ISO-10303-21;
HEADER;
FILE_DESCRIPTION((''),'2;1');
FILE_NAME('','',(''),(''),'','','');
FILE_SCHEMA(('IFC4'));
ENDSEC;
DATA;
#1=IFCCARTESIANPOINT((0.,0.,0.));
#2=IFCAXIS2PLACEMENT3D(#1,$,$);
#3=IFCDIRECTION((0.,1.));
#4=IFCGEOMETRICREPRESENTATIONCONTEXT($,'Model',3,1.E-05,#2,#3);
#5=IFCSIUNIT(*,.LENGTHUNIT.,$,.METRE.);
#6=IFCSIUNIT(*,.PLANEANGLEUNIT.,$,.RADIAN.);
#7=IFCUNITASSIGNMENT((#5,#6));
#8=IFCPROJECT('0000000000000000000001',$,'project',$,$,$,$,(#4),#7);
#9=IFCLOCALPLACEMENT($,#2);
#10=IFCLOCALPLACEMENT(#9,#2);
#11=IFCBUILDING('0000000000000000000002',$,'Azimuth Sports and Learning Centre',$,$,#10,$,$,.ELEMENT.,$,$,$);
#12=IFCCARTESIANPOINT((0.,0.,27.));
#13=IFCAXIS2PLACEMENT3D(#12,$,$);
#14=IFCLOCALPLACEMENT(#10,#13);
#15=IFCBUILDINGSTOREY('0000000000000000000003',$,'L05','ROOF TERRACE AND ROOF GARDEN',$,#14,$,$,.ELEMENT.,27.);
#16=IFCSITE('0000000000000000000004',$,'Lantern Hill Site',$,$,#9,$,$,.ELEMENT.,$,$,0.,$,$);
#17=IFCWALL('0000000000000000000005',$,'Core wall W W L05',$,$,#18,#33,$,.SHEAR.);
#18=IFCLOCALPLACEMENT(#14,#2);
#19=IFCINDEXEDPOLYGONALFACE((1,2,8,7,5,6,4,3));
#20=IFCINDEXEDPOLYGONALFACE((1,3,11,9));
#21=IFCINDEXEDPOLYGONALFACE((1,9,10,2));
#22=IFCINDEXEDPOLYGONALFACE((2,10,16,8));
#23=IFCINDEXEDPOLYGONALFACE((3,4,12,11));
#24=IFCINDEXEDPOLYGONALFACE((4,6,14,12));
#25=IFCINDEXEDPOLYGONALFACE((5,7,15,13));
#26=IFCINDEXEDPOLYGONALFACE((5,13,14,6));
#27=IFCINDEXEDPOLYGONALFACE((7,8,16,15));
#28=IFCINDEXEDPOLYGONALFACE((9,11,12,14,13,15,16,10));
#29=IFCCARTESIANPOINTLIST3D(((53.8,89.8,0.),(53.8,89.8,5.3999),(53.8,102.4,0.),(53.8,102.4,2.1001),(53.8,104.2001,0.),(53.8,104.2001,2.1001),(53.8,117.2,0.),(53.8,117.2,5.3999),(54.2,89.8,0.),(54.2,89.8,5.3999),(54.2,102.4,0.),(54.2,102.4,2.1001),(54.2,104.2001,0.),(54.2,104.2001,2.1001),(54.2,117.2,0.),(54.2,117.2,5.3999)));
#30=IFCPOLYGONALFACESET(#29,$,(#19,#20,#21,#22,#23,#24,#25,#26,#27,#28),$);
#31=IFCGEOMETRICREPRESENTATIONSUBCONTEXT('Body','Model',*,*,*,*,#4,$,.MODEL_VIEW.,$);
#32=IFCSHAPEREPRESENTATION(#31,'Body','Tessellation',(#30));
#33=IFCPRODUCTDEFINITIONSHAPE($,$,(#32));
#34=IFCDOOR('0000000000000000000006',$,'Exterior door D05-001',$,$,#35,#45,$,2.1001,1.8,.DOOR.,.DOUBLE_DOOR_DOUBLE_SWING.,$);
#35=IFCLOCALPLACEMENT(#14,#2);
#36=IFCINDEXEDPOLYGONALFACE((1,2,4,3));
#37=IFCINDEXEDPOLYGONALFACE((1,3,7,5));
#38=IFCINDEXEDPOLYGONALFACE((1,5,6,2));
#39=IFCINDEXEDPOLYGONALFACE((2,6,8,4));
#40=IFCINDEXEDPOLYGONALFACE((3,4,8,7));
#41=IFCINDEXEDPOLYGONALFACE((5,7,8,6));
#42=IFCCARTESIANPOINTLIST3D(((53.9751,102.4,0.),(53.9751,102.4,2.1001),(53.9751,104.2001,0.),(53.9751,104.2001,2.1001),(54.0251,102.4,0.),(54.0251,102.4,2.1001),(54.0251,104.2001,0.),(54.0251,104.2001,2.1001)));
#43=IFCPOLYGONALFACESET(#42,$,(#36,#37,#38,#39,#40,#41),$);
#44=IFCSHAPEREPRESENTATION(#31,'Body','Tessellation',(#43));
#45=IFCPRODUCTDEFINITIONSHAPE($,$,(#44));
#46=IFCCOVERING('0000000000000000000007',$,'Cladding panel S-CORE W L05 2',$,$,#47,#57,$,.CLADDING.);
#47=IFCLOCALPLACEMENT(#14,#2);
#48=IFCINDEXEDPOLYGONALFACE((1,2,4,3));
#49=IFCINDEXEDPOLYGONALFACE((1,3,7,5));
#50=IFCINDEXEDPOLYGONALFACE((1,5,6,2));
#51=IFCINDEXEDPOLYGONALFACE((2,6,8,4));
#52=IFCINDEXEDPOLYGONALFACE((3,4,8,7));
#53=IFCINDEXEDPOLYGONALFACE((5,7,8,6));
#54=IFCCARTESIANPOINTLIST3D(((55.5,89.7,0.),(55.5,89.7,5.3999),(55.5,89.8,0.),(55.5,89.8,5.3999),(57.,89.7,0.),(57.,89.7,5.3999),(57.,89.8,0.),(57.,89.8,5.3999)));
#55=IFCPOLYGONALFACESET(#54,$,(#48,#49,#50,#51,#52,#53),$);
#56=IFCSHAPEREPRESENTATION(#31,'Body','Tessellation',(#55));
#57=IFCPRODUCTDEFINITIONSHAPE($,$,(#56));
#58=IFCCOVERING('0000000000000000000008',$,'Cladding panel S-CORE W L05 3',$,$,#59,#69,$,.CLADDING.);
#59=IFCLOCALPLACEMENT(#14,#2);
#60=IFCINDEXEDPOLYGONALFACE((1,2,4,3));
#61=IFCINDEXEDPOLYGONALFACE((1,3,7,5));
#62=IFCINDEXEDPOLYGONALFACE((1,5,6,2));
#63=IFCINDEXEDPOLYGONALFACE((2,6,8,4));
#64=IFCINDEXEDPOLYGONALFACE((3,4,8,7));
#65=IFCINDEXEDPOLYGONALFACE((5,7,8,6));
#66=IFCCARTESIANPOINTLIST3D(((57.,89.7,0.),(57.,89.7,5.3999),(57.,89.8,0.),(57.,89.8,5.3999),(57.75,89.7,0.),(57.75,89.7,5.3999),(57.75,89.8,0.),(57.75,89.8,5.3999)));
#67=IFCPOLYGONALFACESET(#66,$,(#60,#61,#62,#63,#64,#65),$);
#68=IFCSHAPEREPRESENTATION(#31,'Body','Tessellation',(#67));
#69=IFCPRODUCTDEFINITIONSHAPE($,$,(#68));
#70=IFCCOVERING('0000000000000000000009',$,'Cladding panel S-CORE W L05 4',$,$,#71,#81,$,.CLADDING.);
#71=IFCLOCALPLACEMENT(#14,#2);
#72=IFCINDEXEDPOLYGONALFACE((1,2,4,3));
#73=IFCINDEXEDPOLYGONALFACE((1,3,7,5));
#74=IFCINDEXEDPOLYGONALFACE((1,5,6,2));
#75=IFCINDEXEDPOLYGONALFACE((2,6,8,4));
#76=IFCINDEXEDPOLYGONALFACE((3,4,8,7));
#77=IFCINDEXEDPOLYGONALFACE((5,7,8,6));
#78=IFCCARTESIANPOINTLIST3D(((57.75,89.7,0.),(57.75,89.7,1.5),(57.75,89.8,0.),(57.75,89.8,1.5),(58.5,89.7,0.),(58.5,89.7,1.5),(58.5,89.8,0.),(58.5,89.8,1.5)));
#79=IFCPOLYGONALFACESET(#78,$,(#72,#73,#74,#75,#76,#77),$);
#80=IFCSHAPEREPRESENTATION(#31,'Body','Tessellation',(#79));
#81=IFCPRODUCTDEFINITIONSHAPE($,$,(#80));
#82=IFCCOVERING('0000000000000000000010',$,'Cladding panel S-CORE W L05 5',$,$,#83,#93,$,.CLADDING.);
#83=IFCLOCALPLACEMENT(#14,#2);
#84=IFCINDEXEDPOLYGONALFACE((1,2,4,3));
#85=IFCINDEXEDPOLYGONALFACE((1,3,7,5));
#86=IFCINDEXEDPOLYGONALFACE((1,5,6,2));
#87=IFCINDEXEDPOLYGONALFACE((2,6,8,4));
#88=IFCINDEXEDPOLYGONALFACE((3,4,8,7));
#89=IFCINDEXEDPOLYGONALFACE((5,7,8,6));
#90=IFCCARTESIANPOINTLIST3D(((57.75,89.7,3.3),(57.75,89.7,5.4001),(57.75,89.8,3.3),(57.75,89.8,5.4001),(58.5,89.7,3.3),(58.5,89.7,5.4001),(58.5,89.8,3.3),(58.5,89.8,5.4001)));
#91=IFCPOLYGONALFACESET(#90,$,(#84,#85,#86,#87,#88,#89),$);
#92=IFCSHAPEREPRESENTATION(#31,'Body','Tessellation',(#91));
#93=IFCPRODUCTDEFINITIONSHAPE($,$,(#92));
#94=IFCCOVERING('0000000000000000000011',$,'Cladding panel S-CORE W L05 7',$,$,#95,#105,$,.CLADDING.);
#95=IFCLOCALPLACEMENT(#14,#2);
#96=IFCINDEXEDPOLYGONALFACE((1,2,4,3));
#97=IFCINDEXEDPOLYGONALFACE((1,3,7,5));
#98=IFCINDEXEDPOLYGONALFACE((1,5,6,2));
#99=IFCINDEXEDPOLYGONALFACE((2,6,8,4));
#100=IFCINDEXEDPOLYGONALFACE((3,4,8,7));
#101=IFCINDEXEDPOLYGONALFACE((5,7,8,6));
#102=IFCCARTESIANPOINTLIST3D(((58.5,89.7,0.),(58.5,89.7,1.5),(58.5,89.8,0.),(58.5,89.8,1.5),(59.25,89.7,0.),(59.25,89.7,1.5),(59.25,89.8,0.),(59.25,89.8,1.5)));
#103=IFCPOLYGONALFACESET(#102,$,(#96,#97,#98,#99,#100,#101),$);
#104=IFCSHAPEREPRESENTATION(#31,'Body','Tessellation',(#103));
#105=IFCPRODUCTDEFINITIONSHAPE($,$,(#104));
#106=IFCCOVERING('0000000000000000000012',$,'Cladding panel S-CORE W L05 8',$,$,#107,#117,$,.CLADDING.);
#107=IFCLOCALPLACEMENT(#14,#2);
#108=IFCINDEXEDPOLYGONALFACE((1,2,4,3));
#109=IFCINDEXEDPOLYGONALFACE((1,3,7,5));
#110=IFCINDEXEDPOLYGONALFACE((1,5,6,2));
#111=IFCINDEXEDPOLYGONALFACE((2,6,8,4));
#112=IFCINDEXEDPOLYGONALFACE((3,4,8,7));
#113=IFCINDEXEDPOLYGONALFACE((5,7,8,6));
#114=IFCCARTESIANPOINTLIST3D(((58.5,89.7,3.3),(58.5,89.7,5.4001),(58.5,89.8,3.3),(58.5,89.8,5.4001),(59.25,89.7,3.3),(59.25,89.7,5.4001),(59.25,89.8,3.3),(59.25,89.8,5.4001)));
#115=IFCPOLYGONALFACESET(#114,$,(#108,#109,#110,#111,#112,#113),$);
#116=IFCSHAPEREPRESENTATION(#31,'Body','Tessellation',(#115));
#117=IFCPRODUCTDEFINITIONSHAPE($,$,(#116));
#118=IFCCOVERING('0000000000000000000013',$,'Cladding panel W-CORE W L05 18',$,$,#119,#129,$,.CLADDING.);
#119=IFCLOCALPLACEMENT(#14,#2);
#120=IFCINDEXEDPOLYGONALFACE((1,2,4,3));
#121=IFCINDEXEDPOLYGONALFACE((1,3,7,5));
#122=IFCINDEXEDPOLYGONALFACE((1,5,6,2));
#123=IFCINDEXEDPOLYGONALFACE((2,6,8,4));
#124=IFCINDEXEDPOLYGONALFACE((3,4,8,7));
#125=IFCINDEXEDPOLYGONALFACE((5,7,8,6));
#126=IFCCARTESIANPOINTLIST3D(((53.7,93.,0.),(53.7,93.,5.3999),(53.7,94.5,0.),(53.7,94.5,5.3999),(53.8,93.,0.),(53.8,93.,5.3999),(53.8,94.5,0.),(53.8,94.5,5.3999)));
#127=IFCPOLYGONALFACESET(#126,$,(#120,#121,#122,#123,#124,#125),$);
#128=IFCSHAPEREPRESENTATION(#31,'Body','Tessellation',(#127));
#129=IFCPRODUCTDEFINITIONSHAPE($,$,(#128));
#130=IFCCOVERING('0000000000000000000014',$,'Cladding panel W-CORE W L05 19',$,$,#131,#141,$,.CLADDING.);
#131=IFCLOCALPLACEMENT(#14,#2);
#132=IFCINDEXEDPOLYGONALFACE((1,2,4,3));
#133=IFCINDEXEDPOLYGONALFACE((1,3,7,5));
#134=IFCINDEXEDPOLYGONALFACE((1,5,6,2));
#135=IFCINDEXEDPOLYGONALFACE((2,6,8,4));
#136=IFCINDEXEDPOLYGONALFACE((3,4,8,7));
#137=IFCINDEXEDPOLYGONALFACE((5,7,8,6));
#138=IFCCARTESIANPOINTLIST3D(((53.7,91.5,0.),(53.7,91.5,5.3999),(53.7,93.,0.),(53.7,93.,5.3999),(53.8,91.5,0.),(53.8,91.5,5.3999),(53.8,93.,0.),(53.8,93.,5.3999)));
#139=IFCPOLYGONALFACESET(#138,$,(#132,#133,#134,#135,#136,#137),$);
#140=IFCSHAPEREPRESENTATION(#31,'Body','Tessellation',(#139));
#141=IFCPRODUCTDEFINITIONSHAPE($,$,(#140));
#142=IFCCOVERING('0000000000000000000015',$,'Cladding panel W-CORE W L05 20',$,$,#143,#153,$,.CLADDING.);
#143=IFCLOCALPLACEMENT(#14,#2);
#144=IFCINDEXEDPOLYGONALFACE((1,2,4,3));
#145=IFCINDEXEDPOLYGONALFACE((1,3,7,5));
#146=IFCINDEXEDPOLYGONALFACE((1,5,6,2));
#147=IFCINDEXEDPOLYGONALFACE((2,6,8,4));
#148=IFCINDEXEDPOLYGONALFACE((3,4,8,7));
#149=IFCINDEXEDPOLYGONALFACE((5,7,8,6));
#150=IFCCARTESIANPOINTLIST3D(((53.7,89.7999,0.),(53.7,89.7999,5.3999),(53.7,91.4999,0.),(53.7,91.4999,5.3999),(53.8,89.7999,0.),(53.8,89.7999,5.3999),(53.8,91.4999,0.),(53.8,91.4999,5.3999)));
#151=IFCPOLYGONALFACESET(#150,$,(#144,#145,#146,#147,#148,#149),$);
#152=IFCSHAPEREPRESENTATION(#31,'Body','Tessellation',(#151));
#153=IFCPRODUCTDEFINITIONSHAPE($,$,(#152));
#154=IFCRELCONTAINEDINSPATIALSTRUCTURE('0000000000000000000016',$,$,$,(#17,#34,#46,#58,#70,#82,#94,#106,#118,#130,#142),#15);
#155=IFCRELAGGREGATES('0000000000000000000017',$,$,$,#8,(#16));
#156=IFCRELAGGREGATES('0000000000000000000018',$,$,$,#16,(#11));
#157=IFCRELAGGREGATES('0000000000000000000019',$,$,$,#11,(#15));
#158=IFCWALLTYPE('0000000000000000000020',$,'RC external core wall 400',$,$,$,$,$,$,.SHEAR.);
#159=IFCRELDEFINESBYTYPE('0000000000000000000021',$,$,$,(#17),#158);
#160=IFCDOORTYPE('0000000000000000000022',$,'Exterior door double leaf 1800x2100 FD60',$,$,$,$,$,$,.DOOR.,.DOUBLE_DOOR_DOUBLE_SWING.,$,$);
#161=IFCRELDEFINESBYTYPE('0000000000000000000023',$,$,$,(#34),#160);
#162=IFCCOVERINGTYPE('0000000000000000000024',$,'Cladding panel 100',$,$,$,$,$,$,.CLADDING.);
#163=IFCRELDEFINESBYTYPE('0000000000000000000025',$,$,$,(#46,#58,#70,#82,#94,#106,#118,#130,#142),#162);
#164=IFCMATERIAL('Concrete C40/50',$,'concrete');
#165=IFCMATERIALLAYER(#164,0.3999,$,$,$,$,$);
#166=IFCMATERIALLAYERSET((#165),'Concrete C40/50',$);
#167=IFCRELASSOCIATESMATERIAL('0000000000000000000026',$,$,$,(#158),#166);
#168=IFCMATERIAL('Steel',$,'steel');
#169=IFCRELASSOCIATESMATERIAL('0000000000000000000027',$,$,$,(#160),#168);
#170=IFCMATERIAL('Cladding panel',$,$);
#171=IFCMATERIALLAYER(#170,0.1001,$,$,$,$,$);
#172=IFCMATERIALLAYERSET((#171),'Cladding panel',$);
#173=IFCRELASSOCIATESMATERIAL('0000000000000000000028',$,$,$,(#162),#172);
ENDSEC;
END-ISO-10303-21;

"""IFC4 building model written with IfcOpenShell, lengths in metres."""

from ifc_helpers import new_model, si_unit, direction, frame, frame_2d, origin, origin_2d, place, context, subcontext, project, spatial, rectangle, extrude, material, layer, layer_set, type_object, element, fill, save


model = new_model("IFC4")

# Units and contexts
model_context = context("Model", 3, precision=1e-05, world=origin(), true_north=direction((0.0, 1.0)))
body_context = subcontext(model_context, "Body", "Model", "MODEL_VIEW")
ifc_project = project(units=[si_unit("LENGTHUNIT", "METRE"), si_unit("PLANEANGLEUNIT", "RADIAN")], contexts=[model_context])

# Site, building, storey
site_placement = place(None, origin())
site = spatial("IfcSite", under=ifc_project, at=site_placement, Name="Lantern Hill Site", CompositionType="ELEMENT", RefElevation=0.0)
building_placement = place(site_placement, origin())
building = spatial("IfcBuilding", under=site, at=building_placement, Name="Azimuth Sports and Learning Centre", CompositionType="ELEMENT")
storey_placement = place(building_placement, frame((0.0, 0.0, 27.0)))
storey = spatial("IfcBuildingStorey", under=building, at=storey_placement, Name="L05", Description="ROOF TERRACE AND ROOF GARDEN", CompositionType="ELEMENT", Elevation=27.0)

# Shared definitions
ifc_material_1 = material(Name="Concrete C40/50", Category="concrete")
ifc_layer_1 = layer(ifc_material_1, 0.3999)
ifc_layer_set_1 = layer_set([ifc_layer_1], Name="Concrete C40/50")
wall_type = type_object("IfcWallType", Name="RC external core wall 400", PredefinedType="SHEAR", material=ifc_layer_set_1)

# Wall, opening, door
wall_1_placement = place(storey_placement, frame((54.0, 89.8, 0.0), z_axis=(0.0, 0.0, 1.0), x_axis=(0.0, 1.0, 0.0)))
wall_1 = element("IfcWall", 1, at=wall_1_placement, inside=storey, type_object=wall_type, Name="Core wall W W L05", PredefinedType="SHEAR", context=body_context, shape_type="SweptSolid", body=[
    extrude(rectangle(XDim=27.3999, YDim=0.3999, at=frame_2d((13.7, 0.0))), origin(), (0.0, 0.0, 1.0), 5.3999),
])
opening_1_placement = place(wall_1_placement, frame((12.6001, 0.0, 0.0)))
opening_1 = element("IfcOpeningElement", 2, at=opening_1_placement, cuts=wall_1, PredefinedType="OPENING", context=body_context, shape_type="SweptSolid", body=[
    extrude(rectangle(XDim=1.8, YDim=2.1001, at=frame_2d((0.8999, 1.05))), frame((0.0, 0.2109, 0.0), z_axis=(0.0, -1.0, 0.0), x_axis=(1.0, 0.0, 0.0)), (0.0, 0.0, 1.0), 0.4219),
])
ifc_material_2 = material(Name="Steel", Category="steel")
door_type = type_object("IfcDoorType", Name="Exterior door double leaf 1800x2100 FD60", OperationType="DOUBLE_DOOR_DOUBLE_SWING", PredefinedType="DOOR", material=ifc_material_2)
door_placement = place(opening_1_placement, origin())
door = element("IfcDoor", 3, at=door_placement, inside=storey, type_object=door_type, Name="Exterior door D05-001", OperationType="DOUBLE_DOOR_DOUBLE_SWING", OverallHeight=2.1001, OverallWidth=1.8, PredefinedType="DOOR", context=body_context, shape_type="SweptSolid", body=[
    extrude(rectangle(XDim=1.8, YDim=2.1001, at=frame_2d((0.8999, 1.05))), frame((0.0, 0.0249, 0.0), z_axis=(0.0, -1.0, 0.0), x_axis=(1.0, 0.0, 0.0)), (0.0, 0.0, 1.0), 0.05),
])
fill(opening_1, door)

# Coverings
ifc_material_3 = material(Name="Cladding panel")
ifc_layer_2 = layer(ifc_material_3, 0.1001)
ifc_layer_set_2 = layer_set([ifc_layer_2], Name="Cladding panel")
covering_type = type_object("IfcCoveringType", Name="Cladding panel 100", PredefinedType="CLADDING", material=ifc_layer_set_2)
covering_1_placement = place(storey_placement, frame((56.25, 89.75, 0.0), z_axis=(0.0, 0.0, 1.0), x_axis=(1.0, 0.0, 0.0)))
element("IfcCovering", 4, at=covering_1_placement, inside=storey, type_object=covering_type, Name="Cladding panel S-CORE W L05 2", PredefinedType="CLADDING", context=body_context, shape_type="SweptSolid", body=[
    extrude(rectangle(XDim=1.5, YDim=0.1001, at=origin_2d()), origin(), (0.0, 0.0, 1.0), 5.3999),
])
covering_2_placement = place(storey_placement, frame((57.375, 89.75, 0.0), z_axis=(0.0, 0.0, 1.0), x_axis=(1.0, 0.0, 0.0)))
element("IfcCovering", 5, at=covering_2_placement, inside=storey, type_object=covering_type, Name="Cladding panel S-CORE W L05 3", PredefinedType="CLADDING", context=body_context, shape_type="SweptSolid", body=[
    extrude(rectangle(XDim=0.75, YDim=0.1001, at=origin_2d()), origin(), (0.0, 0.0, 1.0), 5.3999),
])
covering_3_placement = place(storey_placement, frame((58.125, 89.75, 0.0), z_axis=(0.0, 0.0, 1.0), x_axis=(1.0, 0.0, 0.0)))
element("IfcCovering", 6, at=covering_3_placement, inside=storey, type_object=covering_type, Name="Cladding panel S-CORE W L05 4", PredefinedType="CLADDING", context=body_context, shape_type="SweptSolid", body=[
    extrude(rectangle(XDim=0.75, YDim=0.1001, at=origin_2d()), origin(), (0.0, 0.0, 1.0), 1.5),
])
covering_4_placement = place(storey_placement, frame((58.125, 89.75, 3.3), z_axis=(0.0, 0.0, 1.0), x_axis=(1.0, 0.0, 0.0)))
element("IfcCovering", 7, at=covering_4_placement, inside=storey, type_object=covering_type, Name="Cladding panel S-CORE W L05 5", PredefinedType="CLADDING", context=body_context, shape_type="SweptSolid", body=[
    extrude(rectangle(XDim=0.75, YDim=0.1001, at=origin_2d()), origin(), (0.0, 0.0, 1.0), 2.1001),
])
covering_5_placement = place(storey_placement, frame((58.875, 89.75, 0.0), z_axis=(0.0, 0.0, 1.0), x_axis=(1.0, 0.0, 0.0)))
element("IfcCovering", 8, at=covering_5_placement, inside=storey, type_object=covering_type, Name="Cladding panel S-CORE W L05 7", PredefinedType="CLADDING", context=body_context, shape_type="SweptSolid", body=[
    extrude(rectangle(XDim=0.75, YDim=0.1001, at=origin_2d()), origin(), (0.0, 0.0, 1.0), 1.5),
])
covering_6_placement = place(storey_placement, frame((58.875, 89.75, 3.3), z_axis=(0.0, 0.0, 1.0), x_axis=(1.0, 0.0, 0.0)))
element("IfcCovering", 9, at=covering_6_placement, inside=storey, type_object=covering_type, Name="Cladding panel S-CORE W L05 8", PredefinedType="CLADDING", context=body_context, shape_type="SweptSolid", body=[
    extrude(rectangle(XDim=0.75, YDim=0.1001, at=origin_2d()), origin(), (0.0, 0.0, 1.0), 2.1001),
])
for number, where, z_axis, x_axis, name in (
    (10, (53.75, 93.75, 0.0), (0.0, 0.0, 1.0), (0.0, -1.0, 0.0), "Cladding panel W-CORE W L05 18"),
    (11, (53.75, 92.25, 0.0), (0.0, 0.0, 1.0), (0.0, -1.0, 0.0), "Cladding panel W-CORE W L05 19"),
):
    element("IfcCovering", number, at=place(storey_placement, frame(where, z_axis=z_axis, x_axis=x_axis)), inside=storey, type_object=covering_type, Name=name, PredefinedType="CLADDING", context=body_context, shape_type="SweptSolid", body=[
        extrude(rectangle(XDim=1.5, YDim=0.1001, at=origin_2d()), origin(), (0.0, 0.0, 1.0), 5.3999),
    ])
covering_7_placement = place(storey_placement, frame((53.75, 90.6499, 0.0), z_axis=(0.0, 0.0, 1.0), x_axis=(0.0, -1.0, 0.0)))
element("IfcCovering", 12, at=covering_7_placement, inside=storey, type_object=covering_type, Name="Cladding panel W-CORE W L05 20", PredefinedType="CLADDING", context=body_context, shape_type="SweptSolid", body=[
    extrude(rectangle(XDim=1.7, YDim=0.1001, at=origin_2d()), origin(), (0.0, 0.0, 1.0), 5.3999),
])

save(model, "model.ifc")
